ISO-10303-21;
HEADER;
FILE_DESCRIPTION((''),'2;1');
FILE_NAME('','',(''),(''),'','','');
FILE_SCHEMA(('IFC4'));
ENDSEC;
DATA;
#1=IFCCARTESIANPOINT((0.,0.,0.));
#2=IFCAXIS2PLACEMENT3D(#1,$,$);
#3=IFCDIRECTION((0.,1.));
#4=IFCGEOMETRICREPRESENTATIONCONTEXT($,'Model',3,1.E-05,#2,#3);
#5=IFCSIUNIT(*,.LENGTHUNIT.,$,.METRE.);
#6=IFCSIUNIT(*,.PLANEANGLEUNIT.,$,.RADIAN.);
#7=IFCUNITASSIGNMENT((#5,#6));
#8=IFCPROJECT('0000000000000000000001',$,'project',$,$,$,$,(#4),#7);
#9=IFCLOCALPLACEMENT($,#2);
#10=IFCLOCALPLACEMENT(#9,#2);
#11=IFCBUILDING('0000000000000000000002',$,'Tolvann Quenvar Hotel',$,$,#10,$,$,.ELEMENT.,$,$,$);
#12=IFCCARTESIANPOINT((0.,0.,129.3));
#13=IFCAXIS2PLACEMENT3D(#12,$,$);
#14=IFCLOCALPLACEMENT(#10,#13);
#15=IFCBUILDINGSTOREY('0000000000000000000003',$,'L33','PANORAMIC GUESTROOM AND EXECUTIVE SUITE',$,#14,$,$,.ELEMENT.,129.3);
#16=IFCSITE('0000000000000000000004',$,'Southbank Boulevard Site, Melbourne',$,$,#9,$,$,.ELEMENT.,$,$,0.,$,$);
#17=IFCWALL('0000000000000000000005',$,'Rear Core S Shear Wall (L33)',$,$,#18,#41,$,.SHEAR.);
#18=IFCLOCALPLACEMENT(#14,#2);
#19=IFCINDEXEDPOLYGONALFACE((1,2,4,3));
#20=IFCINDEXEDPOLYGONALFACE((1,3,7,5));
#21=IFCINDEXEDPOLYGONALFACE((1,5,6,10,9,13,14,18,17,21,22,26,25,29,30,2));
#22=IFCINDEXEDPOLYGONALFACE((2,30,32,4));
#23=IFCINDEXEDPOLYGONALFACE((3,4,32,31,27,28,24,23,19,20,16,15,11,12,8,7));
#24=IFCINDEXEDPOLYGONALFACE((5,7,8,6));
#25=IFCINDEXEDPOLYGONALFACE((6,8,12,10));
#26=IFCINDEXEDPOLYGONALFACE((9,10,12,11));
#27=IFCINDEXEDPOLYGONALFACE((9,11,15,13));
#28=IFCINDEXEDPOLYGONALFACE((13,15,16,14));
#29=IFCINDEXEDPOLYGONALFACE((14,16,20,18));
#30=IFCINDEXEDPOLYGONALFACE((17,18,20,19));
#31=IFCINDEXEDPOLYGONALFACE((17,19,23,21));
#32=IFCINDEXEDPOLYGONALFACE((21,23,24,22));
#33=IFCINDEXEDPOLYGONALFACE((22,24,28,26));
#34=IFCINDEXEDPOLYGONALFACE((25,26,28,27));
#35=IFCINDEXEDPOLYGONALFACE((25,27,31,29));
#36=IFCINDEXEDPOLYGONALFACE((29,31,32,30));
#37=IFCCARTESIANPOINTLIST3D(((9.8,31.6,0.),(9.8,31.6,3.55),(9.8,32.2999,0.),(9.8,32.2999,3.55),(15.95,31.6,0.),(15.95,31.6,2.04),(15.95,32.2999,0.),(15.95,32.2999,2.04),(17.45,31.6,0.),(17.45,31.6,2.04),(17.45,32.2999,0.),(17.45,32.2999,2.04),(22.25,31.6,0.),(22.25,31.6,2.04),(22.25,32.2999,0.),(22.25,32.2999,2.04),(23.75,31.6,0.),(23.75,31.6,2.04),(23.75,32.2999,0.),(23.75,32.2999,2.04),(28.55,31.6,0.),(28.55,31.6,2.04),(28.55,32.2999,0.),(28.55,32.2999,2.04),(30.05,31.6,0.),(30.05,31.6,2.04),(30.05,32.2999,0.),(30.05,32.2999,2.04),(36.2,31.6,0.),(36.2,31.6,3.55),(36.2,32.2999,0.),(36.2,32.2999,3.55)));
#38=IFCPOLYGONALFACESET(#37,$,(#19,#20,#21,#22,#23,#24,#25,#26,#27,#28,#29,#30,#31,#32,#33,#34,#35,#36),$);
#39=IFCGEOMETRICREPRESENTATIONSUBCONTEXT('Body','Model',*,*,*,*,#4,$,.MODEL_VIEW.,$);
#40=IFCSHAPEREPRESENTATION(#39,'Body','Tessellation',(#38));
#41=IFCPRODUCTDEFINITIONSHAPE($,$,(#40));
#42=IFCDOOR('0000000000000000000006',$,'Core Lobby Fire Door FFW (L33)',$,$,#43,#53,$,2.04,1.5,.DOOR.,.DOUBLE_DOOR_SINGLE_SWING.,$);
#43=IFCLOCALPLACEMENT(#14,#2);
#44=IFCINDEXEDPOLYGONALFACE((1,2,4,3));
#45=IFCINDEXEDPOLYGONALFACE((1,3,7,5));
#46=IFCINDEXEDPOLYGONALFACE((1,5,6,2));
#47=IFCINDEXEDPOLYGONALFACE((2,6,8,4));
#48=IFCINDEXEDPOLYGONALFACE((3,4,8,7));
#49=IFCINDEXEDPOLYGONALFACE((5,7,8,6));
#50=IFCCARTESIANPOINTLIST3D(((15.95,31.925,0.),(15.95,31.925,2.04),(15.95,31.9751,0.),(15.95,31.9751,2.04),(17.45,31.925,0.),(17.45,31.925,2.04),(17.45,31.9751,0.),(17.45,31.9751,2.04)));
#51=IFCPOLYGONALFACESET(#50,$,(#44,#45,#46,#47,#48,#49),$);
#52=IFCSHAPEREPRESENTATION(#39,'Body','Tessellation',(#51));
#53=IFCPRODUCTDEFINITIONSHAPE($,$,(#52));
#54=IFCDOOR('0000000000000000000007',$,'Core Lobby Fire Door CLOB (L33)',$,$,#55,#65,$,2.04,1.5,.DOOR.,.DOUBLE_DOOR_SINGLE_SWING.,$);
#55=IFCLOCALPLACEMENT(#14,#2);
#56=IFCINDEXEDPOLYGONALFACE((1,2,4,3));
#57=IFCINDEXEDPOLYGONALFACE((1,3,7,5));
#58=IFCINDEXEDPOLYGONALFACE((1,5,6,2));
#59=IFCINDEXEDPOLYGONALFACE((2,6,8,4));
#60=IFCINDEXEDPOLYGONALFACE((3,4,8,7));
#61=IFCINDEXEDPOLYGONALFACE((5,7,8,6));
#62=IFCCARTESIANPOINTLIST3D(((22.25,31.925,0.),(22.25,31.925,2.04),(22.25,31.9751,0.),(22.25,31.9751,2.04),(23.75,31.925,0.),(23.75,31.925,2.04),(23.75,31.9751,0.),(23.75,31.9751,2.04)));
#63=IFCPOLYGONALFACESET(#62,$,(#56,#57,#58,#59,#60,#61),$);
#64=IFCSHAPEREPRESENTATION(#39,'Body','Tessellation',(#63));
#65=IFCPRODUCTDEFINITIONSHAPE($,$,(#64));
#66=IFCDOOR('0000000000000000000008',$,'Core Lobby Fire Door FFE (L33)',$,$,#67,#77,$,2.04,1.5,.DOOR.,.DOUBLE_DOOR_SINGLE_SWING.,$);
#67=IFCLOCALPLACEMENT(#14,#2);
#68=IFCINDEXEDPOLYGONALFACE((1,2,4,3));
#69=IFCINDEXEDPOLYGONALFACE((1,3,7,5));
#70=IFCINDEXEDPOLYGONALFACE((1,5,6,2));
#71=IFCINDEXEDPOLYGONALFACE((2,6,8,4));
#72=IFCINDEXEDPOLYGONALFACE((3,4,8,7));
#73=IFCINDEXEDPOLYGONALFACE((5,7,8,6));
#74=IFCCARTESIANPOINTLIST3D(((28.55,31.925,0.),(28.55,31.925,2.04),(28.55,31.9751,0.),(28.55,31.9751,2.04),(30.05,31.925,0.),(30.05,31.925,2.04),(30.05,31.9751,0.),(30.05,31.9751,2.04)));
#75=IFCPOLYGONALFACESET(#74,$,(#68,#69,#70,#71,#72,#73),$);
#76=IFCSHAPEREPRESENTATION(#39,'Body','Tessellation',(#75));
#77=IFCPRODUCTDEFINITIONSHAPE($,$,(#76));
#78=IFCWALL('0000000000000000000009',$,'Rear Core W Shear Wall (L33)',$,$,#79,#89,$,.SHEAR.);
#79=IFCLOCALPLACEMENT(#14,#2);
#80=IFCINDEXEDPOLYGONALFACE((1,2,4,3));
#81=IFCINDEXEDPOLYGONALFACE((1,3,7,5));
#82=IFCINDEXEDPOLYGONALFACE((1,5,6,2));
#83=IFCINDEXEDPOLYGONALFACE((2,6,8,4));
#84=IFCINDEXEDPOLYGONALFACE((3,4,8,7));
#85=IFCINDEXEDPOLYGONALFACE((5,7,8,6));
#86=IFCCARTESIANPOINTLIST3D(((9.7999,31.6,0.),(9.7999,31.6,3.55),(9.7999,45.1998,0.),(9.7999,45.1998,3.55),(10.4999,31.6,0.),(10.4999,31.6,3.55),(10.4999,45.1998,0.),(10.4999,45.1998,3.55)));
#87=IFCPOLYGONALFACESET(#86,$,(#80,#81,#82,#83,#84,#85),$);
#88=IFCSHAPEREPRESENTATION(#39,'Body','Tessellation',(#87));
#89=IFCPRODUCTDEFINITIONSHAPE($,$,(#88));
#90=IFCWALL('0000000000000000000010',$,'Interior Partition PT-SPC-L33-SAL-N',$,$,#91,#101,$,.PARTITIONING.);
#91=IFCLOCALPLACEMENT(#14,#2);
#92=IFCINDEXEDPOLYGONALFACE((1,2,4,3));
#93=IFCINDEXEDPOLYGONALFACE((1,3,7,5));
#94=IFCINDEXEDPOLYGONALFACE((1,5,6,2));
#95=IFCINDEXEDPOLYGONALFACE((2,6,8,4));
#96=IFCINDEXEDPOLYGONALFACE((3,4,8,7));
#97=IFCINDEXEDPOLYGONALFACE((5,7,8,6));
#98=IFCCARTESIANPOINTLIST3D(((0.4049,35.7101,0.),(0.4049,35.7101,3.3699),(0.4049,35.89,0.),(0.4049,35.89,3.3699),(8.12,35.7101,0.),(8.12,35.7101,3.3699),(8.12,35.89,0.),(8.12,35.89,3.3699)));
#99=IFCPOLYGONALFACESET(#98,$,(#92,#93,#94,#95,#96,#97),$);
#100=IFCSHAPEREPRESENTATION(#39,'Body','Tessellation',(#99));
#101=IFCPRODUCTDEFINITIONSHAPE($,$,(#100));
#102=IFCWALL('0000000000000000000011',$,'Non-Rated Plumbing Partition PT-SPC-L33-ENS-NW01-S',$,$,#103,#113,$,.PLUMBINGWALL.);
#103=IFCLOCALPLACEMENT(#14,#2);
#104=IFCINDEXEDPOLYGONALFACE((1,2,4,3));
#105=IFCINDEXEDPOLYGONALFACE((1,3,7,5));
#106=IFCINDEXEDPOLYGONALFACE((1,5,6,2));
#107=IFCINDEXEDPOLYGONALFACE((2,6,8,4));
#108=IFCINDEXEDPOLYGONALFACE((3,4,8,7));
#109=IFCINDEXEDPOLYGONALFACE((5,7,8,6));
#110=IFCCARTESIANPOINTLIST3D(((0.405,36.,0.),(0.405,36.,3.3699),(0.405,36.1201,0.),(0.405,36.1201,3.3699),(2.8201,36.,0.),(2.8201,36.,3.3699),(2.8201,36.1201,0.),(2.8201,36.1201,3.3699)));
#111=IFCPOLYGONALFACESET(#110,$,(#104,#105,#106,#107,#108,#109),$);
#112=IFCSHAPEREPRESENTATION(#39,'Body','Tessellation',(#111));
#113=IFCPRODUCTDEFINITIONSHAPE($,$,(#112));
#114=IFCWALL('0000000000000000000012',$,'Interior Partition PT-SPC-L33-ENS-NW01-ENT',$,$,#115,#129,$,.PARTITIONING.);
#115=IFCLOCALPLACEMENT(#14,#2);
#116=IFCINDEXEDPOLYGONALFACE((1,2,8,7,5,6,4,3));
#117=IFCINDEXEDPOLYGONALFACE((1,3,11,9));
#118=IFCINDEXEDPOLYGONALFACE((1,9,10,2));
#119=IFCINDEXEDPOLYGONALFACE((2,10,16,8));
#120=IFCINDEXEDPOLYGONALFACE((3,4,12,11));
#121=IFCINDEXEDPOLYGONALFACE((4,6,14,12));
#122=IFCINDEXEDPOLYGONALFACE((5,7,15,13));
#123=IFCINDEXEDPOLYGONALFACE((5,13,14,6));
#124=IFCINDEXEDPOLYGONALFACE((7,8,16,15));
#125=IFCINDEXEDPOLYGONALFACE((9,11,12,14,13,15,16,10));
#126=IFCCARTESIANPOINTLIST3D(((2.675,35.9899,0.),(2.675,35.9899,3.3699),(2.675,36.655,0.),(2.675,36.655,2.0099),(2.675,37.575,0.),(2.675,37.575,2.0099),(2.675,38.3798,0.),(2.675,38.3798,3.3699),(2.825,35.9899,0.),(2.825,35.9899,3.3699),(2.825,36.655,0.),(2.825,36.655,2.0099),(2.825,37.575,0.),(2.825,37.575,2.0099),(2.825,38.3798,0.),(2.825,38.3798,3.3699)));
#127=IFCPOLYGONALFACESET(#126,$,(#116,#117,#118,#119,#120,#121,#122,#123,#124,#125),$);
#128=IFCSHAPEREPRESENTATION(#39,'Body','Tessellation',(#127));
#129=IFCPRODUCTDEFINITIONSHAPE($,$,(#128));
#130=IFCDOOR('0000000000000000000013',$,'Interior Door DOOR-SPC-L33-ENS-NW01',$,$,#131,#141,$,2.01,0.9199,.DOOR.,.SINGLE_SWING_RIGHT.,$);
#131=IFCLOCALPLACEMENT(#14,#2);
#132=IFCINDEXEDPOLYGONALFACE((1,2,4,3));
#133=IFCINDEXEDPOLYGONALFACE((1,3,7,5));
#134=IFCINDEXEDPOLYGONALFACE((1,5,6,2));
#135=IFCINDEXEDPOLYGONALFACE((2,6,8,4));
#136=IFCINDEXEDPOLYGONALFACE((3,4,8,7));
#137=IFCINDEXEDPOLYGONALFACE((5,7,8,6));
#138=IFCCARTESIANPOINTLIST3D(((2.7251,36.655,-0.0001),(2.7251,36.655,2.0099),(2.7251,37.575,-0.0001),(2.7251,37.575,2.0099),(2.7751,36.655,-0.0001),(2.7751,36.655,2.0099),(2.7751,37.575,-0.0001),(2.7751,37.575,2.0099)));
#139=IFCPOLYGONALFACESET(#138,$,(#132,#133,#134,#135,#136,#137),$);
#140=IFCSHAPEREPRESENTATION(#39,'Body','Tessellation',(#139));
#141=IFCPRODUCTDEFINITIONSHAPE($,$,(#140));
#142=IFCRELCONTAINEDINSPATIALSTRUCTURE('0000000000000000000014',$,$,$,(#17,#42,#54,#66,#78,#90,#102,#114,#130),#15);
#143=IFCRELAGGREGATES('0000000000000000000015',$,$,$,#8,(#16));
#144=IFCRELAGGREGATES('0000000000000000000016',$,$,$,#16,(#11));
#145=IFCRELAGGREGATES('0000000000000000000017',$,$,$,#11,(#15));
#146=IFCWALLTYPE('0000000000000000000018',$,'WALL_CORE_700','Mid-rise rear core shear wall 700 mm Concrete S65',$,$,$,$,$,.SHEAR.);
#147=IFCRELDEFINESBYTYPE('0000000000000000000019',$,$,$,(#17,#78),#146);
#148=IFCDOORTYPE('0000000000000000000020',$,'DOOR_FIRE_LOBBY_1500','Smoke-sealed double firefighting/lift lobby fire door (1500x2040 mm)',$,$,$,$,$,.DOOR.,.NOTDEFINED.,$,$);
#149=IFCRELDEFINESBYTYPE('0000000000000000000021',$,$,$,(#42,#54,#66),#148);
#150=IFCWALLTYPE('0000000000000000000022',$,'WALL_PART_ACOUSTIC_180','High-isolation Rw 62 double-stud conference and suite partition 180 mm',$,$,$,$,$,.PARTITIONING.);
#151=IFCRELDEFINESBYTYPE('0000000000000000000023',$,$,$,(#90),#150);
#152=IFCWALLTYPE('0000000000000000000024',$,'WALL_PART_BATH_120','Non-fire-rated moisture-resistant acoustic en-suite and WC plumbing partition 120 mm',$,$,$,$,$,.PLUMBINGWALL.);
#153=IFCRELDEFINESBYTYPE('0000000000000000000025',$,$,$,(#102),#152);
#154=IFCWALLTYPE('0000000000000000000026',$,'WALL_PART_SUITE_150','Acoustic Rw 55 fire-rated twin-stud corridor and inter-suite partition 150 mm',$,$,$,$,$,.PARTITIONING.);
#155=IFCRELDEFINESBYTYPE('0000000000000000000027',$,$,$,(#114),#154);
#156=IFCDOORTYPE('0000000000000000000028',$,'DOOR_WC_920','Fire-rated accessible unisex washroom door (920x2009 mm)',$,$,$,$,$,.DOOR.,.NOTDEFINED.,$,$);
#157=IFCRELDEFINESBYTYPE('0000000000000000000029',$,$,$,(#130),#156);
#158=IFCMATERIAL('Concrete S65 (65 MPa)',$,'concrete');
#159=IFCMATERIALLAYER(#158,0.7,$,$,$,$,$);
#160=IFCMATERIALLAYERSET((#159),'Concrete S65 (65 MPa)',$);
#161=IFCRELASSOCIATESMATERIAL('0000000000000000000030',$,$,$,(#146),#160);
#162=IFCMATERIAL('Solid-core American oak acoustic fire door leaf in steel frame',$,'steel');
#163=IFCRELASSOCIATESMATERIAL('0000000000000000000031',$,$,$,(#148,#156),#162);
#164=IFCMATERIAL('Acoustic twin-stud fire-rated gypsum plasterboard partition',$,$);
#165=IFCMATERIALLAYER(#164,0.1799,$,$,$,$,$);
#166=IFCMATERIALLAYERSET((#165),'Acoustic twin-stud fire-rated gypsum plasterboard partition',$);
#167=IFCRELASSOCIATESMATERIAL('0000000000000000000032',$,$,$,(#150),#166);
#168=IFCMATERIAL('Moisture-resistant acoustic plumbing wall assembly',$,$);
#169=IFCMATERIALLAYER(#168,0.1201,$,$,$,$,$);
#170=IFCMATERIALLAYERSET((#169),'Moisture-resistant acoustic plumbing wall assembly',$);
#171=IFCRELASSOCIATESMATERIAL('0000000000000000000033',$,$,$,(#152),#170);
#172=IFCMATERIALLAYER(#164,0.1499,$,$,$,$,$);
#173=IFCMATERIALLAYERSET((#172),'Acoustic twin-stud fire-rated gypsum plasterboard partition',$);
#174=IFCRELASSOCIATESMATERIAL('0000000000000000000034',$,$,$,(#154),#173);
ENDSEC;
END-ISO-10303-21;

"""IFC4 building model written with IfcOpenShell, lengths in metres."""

from ifc_helpers import new_model, si_unit, direction, frame, frame_2d, origin, place, context, subcontext, project, spatial, rectangle, extrude, source, transform, mapped, material, layer, layer_set, type_object, type_shapes, element, fill, save


model = new_model("IFC4")

# Units and contexts
model_context = context("Model", 3, precision=1e-05, world=origin(), true_north=direction((0.0, 1.0)))
body_context = subcontext(model_context, "Body", "Model", "MODEL_VIEW")
ifc_project = project(units=[si_unit("LENGTHUNIT", "METRE"), si_unit("PLANEANGLEUNIT", "RADIAN")], contexts=[model_context])

# Site, building, storey
site_placement = place(None, origin())
site = spatial("IfcSite", under=ifc_project, at=site_placement, Name="Southbank Boulevard Site, Melbourne", CompositionType="ELEMENT", RefElevation=0.0)
building_placement = place(site_placement, origin())
building = spatial("IfcBuilding", under=site, at=building_placement, Name="Tolvann Quenvar Hotel", CompositionType="ELEMENT")
storey_placement = place(building_placement, frame((0.0, 0.0, 129.3)))
storey = spatial("IfcBuildingStorey", under=building, at=storey_placement, Name="L33", Description="PANORAMIC GUESTROOM AND EXECUTIVE SUITE", CompositionType="ELEMENT", Elevation=129.3)

# Shared definitions
ifc_material_1 = material(Name="Concrete S65 (65 MPa)", Category="concrete")

# Wall, openings, doors
ifc_layer_1 = layer(ifc_material_1, 0.7)
ifc_layer_set_1 = layer_set([ifc_layer_1], Name="Concrete S65 (65 MPa)")
wall_type_1 = type_object("IfcWallType", Name="WALL_CORE_700", Description="Mid-rise rear core shear wall 700 mm Concrete S65", PredefinedType="SHEAR", material=ifc_layer_set_1)
wall_1_placement = place(storey_placement, frame((9.8, 31.95, 0.0), z_axis=(0.0, 0.0, 1.0), x_axis=(1.0, 0.0, 0.0)))
wall_1 = element("IfcWall", 1, at=wall_1_placement, inside=storey, type_object=wall_type_1, Name="Rear Core S Shear Wall (L33)", PredefinedType="SHEAR", context=body_context, shape_type="SweptSolid", body=[
    extrude(rectangle(XDim=26.3999, YDim=0.7, at=frame_2d((13.2, 0.0))), origin(), (0.0, 0.0, 1.0), 3.55),
])
opening_1_placement = place(wall_1_placement, frame((7.6499, 0.0, 0.0), z_axis=(0.0, 0.0, 1.0), x_axis=(-1.0, 0.0, 0.0)))
opening_1 = element("IfcOpeningElement", 2, at=opening_1_placement, cuts=wall_1, PredefinedType="OPENING", context=body_context, shape_type="SweptSolid", body=[
    extrude(rectangle(XDim=1.5, YDim=2.04, at=frame_2d((0.75, 1.02))), frame((0.0, 0.3599, 0.0), z_axis=(0.0, -1.0, 0.0), x_axis=(1.0, 0.0, 0.0)), (0.0, 0.0, 1.0), 0.72),
])
opening_2_placement = place(wall_1_placement, frame((13.95, 0.0, 0.0), z_axis=(0.0, 0.0, 1.0), x_axis=(-1.0, 0.0, 0.0)))
opening_2 = element("IfcOpeningElement", 3, at=opening_2_placement, cuts=wall_1, PredefinedType="OPENING", context=body_context, shape_type="SweptSolid", body=[
    extrude(rectangle(XDim=1.5, YDim=2.04, at=frame_2d((0.75, 1.02))), frame((0.0, 0.3599, 0.0), z_axis=(0.0, -1.0, 0.0), x_axis=(1.0, 0.0, 0.0)), (0.0, 0.0, 1.0), 0.72),
])
opening_3_placement = place(wall_1_placement, frame((20.25, 0.0, 0.0), z_axis=(0.0, 0.0, 1.0), x_axis=(-1.0, 0.0, 0.0)))
opening_3 = element("IfcOpeningElement", 4, at=opening_3_placement, cuts=wall_1, PredefinedType="OPENING", context=body_context, shape_type="SweptSolid", body=[
    extrude(rectangle(XDim=1.5, YDim=2.04, at=frame_2d((0.75, 1.02))), frame((0.0, 0.3599, 0.0), z_axis=(0.0, -1.0, 0.0), x_axis=(1.0, 0.0, 0.0)), (0.0, 0.0, 1.0), 0.72),
])
ifc_material_2 = material(Name="Solid-core American oak acoustic fire door leaf in steel frame", Category="steel")
door_type_1 = type_object("IfcDoorType", Name="DOOR_FIRE_LOBBY_1500", Description="Smoke-sealed double firefighting/lift lobby fire door (1500x2040 mm)", OperationType="NOTDEFINED", PredefinedType="DOOR", material=ifc_material_2)
shared_shape_1 = source(origin(), body_context, "Body", "SweptSolid", [
    extrude(rectangle(XDim=1.5, YDim=2.04, at=frame_2d((0.75, 1.02))), frame((0.0, 0.0249, 0.0), z_axis=(0.0, -1.0, 0.0), x_axis=(1.0, 0.0, 0.0)), (0.0, 0.0, 1.0), 0.05),
])
type_shapes(door_type_1, [shared_shape_1])
door_1_placement = place(opening_1_placement, origin())
door_1 = element("IfcDoor", 5, at=door_1_placement, inside=storey, type_object=door_type_1, Name="Core Lobby Fire Door FFW (L33)", OperationType="DOUBLE_DOOR_SINGLE_SWING", OverallHeight=2.04, OverallWidth=1.5, PredefinedType="DOOR", context=body_context, shape_type="MappedRepresentation", body=[
    mapped(shared_shape_1, transform((0.0, 0.0, 0.0), x_axis=(1.0, 0.0, 0.0), y_axis=(0.0, 1.0, 0.0), z_axis=(0.0, 0.0, 1.0), scale=1.0)),
])
fill(opening_1, door_1)
door_2_placement = place(opening_2_placement, origin())
door_2 = element("IfcDoor", 6, at=door_2_placement, inside=storey, type_object=door_type_1, Name="Core Lobby Fire Door CLOB (L33)", OperationType="DOUBLE_DOOR_SINGLE_SWING", OverallHeight=2.04, OverallWidth=1.5, PredefinedType="DOOR", context=body_context, shape_type="MappedRepresentation", body=[
    mapped(shared_shape_1, transform((0.0, 0.0, 0.0), x_axis=(1.0, 0.0, 0.0), y_axis=(0.0, 1.0, 0.0), z_axis=(0.0, 0.0, 1.0), scale=1.0)),
])
fill(opening_2, door_2)
door_3_placement = place(opening_3_placement, origin())
door_3 = element("IfcDoor", 7, at=door_3_placement, inside=storey, type_object=door_type_1, Name="Core Lobby Fire Door FFE (L33)", OperationType="DOUBLE_DOOR_SINGLE_SWING", OverallHeight=2.04, OverallWidth=1.5, PredefinedType="DOOR", context=body_context, shape_type="MappedRepresentation", body=[
    mapped(shared_shape_1, transform((0.0, 0.0, 0.0), x_axis=(1.0, 0.0, 0.0), y_axis=(0.0, 1.0, 0.0), z_axis=(0.0, 0.0, 1.0), scale=1.0)),
])
fill(opening_3, door_3)

# Walls
wall_2_placement = place(storey_placement, frame((10.1499, 31.6001, 0.0), z_axis=(0.0, 0.0, 1.0), x_axis=(0.0, 1.0, 0.0)))
element("IfcWall", 8, at=wall_2_placement, inside=storey, type_object=wall_type_1, Name="Rear Core W Shear Wall (L33)", PredefinedType="SHEAR", context=body_context, shape_type="SweptSolid", body=[
    extrude(rectangle(XDim=13.5999, YDim=0.7, at=frame_2d((6.7998, 0.0))), origin(), (0.0, 0.0, 1.0), 3.55),
])
ifc_material_3 = material(Name="Acoustic twin-stud fire-rated gypsum plasterboard partition")
ifc_layer_2 = layer(ifc_material_3, 0.1799)
ifc_layer_set_2 = layer_set([ifc_layer_2], Name="Acoustic twin-stud fire-rated gypsum plasterboard partition")
wall_type_2 = type_object("IfcWallType", Name="WALL_PART_ACOUSTIC_180", Description="High-isolation Rw 62 double-stud conference and suite partition 180 mm", PredefinedType="PARTITIONING", material=ifc_layer_set_2)
wall_3_placement = place(storey_placement, frame((0.405, 35.8, 0.0), z_axis=(0.0, 0.0, 1.0), x_axis=(1.0, 0.0, 0.0)))
element("IfcWall", 9, at=wall_3_placement, inside=storey, type_object=wall_type_2, Name="Interior Partition PT-SPC-L33-SAL-N", PredefinedType="PARTITIONING", context=body_context, shape_type="SweptSolid", body=[
    extrude(rectangle(XDim=7.7151, YDim=0.1799, at=frame_2d((3.8574, 0.0))), origin(), (0.0, 0.0, 1.0), 3.3699),
])
ifc_material_4 = material(Name="Moisture-resistant acoustic plumbing wall assembly")
ifc_layer_3 = layer(ifc_material_4, 0.1201)
ifc_layer_set_3 = layer_set([ifc_layer_3], Name="Moisture-resistant acoustic plumbing wall assembly")
wall_type_3 = type_object("IfcWallType", Name="WALL_PART_BATH_120", Description="Non-fire-rated moisture-resistant acoustic en-suite and WC plumbing partition 120 mm", PredefinedType="PLUMBINGWALL", material=ifc_layer_set_3)
wall_4_placement = place(storey_placement, frame((0.405, 36.0601, 0.0), z_axis=(0.0, 0.0, 1.0), x_axis=(1.0, 0.0, 0.0)))
element("IfcWall", 10, at=wall_4_placement, inside=storey, type_object=wall_type_3, Name="Non-Rated Plumbing Partition PT-SPC-L33-ENS-NW01-S", PredefinedType="PLUMBINGWALL", context=body_context, shape_type="SweptSolid", body=[
    extrude(rectangle(XDim=2.415, YDim=0.1201, at=frame_2d((1.2075, 0.0))), origin(), (0.0, 0.0, 1.0), 3.3699),
])

# Wall, opening, door
ifc_layer_4 = layer(ifc_material_3, 0.1499)
ifc_layer_set_4 = layer_set([ifc_layer_4], Name="Acoustic twin-stud fire-rated gypsum plasterboard partition")
wall_type_4 = type_object("IfcWallType", Name="WALL_PART_SUITE_150", Description="Acoustic Rw 55 fire-rated twin-stud corridor and inter-suite partition 150 mm", PredefinedType="PARTITIONING", material=ifc_layer_set_4)
wall_5_placement = place(storey_placement, frame((2.75, 35.99, 0.0), z_axis=(0.0, 0.0, 1.0), x_axis=(0.0, 1.0, 0.0)))
wall_5 = element("IfcWall", 11, at=wall_5_placement, inside=storey, type_object=wall_type_4, Name="Interior Partition PT-SPC-L33-ENS-NW01-ENT", PredefinedType="PARTITIONING", context=body_context, shape_type="SweptSolid", body=[
    extrude(rectangle(XDim=2.3899, YDim=0.1499, at=frame_2d((1.1948, 0.0))), origin(), (0.0, 0.0, 1.0), 3.3699),
])
opening_4_placement = place(wall_5_placement, frame((0.665, 0.0, 0.0)))
opening_4 = element("IfcOpeningElement", 12, at=opening_4_placement, cuts=wall_5, PredefinedType="OPENING", context=body_context, shape_type="SweptSolid", body=[
    extrude(rectangle(XDim=0.9199, YDim=2.01, at=frame_2d((0.46, 1.0049))), frame((0.0, 0.085, 0.0), z_axis=(0.0, -1.0, 0.0), x_axis=(1.0, 0.0, 0.0)), (0.0, 0.0, 1.0), 0.1699),
])
door_type_2 = type_object("IfcDoorType", Name="DOOR_WC_920", Description="Fire-rated accessible unisex washroom door (920x2009 mm)", OperationType="NOTDEFINED", PredefinedType="DOOR", material=ifc_material_2)
shared_shape_2 = source(origin(), body_context, "Body", "SweptSolid", [
    extrude(rectangle(XDim=0.9199, YDim=2.01, at=frame_2d((0.46, 1.0049))), frame((0.0, 0.0249, 0.0), z_axis=(0.0, -1.0, 0.0), x_axis=(1.0, 0.0, 0.0)), (0.0, 0.0, 1.0), 0.05),
])
type_shapes(door_type_2, [shared_shape_2])
door_4_placement = place(opening_4_placement, origin())
door_4 = element("IfcDoor", 13, at=door_4_placement, inside=storey, type_object=door_type_2, Name="Interior Door DOOR-SPC-L33-ENS-NW01", OperationType="SINGLE_SWING_RIGHT", OverallHeight=2.01, OverallWidth=0.9199, PredefinedType="DOOR", context=body_context, shape_type="MappedRepresentation", body=[
    mapped(shared_shape_2, transform((0.0, 0.0, 0.0), x_axis=(1.0, 0.0, 0.0), y_axis=(0.0, 1.0, 0.0), z_axis=(0.0, 0.0, 1.0), scale=1.0)),
])
fill(opening_4, door_4)

save(model, "model.ifc")
